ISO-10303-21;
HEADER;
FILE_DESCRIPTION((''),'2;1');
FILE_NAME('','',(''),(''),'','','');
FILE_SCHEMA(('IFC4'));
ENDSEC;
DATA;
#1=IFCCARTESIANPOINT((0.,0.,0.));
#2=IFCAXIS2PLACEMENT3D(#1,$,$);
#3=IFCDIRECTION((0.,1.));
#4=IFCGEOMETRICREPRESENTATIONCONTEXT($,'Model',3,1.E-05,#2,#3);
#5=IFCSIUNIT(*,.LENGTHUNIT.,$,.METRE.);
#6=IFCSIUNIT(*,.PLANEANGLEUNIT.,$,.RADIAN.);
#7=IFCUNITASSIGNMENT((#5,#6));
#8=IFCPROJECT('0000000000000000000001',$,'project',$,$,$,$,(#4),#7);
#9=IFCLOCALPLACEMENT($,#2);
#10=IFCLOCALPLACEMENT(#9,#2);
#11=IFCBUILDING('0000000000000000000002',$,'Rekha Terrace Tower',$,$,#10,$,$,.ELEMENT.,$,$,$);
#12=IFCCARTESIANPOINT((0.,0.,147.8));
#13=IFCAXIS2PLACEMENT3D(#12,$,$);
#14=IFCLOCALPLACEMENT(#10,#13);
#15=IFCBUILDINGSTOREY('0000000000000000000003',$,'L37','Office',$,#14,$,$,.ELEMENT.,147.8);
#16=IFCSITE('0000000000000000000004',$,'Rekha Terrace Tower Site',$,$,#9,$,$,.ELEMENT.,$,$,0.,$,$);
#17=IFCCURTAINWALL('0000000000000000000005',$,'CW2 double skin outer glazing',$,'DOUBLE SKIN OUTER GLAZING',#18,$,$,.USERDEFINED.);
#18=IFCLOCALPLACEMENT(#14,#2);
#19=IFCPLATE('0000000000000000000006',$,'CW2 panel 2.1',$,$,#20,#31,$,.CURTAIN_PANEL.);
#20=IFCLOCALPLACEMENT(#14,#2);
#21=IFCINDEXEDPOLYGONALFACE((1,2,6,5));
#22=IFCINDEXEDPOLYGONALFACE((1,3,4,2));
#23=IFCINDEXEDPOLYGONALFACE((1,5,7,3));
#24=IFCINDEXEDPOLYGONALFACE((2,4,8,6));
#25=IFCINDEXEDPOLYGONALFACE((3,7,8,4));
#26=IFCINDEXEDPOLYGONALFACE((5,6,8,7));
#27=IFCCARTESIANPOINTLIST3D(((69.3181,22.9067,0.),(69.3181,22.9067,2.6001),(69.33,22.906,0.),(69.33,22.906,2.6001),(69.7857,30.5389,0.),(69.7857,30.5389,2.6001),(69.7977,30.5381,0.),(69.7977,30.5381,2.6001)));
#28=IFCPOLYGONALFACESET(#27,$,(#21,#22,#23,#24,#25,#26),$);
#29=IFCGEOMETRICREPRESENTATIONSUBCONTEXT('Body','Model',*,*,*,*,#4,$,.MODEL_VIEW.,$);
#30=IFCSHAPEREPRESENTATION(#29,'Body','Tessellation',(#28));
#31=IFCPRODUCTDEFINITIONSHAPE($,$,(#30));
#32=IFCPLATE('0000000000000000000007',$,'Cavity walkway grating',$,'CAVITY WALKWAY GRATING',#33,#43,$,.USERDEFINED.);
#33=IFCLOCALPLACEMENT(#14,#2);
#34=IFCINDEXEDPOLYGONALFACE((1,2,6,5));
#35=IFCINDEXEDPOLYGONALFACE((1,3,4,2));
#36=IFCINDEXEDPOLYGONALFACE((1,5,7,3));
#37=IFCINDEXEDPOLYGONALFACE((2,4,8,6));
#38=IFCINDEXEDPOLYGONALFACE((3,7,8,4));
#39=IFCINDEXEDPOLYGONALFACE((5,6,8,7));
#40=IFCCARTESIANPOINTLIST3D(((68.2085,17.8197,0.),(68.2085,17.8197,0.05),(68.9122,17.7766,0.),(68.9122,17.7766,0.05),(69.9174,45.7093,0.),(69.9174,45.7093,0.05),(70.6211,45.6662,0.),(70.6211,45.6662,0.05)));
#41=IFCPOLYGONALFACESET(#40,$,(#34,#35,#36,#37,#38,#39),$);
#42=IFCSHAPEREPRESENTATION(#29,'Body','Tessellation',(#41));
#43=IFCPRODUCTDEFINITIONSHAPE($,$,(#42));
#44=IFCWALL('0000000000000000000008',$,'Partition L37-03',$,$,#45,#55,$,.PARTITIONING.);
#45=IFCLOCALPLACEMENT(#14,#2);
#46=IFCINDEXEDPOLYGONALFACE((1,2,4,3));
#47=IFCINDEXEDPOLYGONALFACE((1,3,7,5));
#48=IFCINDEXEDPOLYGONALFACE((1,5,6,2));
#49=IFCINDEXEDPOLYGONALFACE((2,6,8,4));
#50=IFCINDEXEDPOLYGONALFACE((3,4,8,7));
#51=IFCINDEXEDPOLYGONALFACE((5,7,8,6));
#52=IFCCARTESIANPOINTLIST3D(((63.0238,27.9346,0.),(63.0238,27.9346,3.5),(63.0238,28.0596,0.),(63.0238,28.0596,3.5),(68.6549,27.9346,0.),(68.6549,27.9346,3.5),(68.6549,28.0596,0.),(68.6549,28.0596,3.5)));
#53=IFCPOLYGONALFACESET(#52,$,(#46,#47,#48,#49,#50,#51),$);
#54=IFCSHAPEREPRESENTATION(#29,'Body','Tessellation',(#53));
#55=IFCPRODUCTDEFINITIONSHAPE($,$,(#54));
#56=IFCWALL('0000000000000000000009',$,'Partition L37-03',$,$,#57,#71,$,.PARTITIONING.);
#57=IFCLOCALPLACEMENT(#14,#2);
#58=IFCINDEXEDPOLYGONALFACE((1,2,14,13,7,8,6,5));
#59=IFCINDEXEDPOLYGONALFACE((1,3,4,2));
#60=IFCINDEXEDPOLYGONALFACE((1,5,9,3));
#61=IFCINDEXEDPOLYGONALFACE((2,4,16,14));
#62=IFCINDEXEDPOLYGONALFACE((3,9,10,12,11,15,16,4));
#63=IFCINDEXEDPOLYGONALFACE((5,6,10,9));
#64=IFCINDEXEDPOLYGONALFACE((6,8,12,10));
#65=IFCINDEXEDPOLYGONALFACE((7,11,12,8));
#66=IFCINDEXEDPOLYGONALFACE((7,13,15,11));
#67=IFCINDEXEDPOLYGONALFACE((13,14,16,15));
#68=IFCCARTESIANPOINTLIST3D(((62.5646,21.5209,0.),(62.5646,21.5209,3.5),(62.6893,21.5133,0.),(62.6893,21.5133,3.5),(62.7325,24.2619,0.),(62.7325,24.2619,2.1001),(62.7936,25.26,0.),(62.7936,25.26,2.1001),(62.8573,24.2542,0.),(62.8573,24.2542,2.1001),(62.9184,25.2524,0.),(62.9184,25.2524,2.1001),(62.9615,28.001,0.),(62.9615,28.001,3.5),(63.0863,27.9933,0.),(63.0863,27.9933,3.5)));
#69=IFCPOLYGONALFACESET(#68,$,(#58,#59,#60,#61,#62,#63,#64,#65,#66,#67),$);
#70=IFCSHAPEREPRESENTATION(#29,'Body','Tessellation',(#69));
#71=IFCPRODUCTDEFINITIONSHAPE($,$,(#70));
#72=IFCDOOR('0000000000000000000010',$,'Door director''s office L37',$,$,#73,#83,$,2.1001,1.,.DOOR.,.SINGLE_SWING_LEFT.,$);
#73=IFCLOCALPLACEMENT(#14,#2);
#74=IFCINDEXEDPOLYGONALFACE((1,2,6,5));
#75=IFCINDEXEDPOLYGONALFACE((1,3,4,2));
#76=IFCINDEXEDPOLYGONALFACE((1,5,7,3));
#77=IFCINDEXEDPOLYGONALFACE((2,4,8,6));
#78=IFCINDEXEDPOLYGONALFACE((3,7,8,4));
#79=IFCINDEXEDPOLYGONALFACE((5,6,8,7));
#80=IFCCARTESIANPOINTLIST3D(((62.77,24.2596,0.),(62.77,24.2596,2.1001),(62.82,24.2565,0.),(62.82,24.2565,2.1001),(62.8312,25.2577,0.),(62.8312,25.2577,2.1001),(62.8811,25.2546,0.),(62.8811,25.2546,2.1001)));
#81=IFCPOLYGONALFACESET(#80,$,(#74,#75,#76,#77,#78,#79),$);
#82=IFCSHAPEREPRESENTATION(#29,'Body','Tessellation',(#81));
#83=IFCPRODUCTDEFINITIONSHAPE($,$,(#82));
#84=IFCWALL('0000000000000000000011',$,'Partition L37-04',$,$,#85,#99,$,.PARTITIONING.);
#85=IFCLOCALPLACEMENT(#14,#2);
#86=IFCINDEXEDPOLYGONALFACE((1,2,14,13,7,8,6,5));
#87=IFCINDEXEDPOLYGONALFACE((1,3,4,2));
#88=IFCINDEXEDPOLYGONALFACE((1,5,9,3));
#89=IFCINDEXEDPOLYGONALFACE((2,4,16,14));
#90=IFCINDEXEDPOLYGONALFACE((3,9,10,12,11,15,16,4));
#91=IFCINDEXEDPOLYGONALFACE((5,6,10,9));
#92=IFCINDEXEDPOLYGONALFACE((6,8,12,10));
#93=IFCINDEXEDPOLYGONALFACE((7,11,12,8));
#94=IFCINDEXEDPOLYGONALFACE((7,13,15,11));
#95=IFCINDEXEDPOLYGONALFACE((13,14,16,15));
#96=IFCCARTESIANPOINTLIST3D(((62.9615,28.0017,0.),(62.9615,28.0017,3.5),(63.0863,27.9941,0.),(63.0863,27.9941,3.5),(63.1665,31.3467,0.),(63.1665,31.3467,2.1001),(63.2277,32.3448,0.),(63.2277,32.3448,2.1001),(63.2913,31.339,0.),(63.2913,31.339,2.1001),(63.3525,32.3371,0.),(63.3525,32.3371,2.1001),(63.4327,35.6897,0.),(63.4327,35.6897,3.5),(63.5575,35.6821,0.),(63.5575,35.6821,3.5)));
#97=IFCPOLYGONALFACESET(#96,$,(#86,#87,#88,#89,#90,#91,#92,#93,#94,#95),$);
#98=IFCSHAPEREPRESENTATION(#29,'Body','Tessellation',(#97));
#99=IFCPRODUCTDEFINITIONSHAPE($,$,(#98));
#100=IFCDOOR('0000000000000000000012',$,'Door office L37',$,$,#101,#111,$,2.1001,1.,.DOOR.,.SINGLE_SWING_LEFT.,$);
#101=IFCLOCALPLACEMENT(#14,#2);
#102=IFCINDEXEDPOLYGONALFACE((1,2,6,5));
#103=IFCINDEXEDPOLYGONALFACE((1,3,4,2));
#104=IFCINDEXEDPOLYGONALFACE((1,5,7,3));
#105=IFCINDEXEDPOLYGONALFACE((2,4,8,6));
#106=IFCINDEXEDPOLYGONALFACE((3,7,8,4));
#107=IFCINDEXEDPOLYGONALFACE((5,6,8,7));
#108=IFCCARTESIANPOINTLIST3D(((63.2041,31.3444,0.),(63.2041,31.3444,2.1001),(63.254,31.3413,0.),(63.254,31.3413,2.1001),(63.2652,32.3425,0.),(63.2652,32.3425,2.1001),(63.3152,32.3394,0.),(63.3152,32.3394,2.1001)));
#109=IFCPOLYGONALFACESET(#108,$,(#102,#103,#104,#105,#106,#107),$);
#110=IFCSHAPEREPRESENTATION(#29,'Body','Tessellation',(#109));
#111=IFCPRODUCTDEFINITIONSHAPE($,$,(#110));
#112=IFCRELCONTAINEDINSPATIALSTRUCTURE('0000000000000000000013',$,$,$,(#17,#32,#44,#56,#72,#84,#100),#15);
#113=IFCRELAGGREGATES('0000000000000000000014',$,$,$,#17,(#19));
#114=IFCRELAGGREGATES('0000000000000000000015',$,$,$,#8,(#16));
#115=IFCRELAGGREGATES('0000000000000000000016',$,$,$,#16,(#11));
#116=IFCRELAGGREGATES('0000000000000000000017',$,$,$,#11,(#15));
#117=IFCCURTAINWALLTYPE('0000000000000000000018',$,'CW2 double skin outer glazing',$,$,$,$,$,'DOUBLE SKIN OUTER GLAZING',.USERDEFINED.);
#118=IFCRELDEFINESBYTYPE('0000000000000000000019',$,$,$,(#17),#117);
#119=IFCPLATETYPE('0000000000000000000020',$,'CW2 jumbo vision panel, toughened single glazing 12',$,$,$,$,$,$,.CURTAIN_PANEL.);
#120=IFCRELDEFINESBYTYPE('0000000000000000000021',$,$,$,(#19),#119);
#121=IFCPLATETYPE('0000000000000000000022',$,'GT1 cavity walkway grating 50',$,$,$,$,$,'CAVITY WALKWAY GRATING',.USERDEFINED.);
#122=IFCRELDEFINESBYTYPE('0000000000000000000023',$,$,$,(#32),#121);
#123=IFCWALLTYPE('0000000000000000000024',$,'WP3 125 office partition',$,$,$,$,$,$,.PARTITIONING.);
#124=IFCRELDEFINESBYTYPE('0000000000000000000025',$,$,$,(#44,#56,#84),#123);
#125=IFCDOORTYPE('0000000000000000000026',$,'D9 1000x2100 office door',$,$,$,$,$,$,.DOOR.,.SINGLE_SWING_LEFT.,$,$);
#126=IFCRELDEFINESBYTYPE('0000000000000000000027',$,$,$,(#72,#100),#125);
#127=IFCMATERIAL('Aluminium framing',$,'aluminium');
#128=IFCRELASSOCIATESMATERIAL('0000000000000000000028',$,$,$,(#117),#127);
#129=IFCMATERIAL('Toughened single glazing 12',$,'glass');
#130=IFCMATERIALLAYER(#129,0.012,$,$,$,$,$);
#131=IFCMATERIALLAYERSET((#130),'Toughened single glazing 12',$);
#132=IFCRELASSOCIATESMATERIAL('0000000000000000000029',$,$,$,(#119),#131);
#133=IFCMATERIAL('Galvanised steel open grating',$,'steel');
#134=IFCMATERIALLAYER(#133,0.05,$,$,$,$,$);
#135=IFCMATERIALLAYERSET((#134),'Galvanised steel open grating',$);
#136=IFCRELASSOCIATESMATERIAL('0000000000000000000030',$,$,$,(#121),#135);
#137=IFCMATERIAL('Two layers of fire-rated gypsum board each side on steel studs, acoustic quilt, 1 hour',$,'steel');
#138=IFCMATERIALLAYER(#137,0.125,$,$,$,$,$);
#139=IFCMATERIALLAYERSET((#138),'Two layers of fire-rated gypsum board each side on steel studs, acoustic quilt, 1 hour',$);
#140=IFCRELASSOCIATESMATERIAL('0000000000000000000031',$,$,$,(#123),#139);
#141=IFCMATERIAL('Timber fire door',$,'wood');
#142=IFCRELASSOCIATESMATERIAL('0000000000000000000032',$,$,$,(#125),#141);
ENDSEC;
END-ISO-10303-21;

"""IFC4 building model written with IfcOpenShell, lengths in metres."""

from ifc_helpers import new_model, si_unit, direction, frame, frame_2d, origin, origin_2d, place, context, subcontext, project, spatial, rectangle, extrude, material, layer, layer_set, type_object, element, fill, aggregate, save


model = new_model("IFC4")

# Units and contexts
model_context = context("Model", 3, precision=1e-05, world=origin(), true_north=direction((0.0, 1.0)))
body_context = subcontext(model_context, "Body", "Model", "MODEL_VIEW")
ifc_project = project(units=[si_unit("LENGTHUNIT", "METRE"), si_unit("PLANEANGLEUNIT", "RADIAN")], contexts=[model_context])

# Site, building, storey
site_placement = place(None, origin())
site = spatial("IfcSite", under=ifc_project, at=site_placement, Name="Rekha Terrace Tower Site", CompositionType="ELEMENT", RefElevation=0.0)
building_placement = place(site_placement, origin())
building = spatial("IfcBuilding", under=site, at=building_placement, Name="Rekha Terrace Tower", CompositionType="ELEMENT")
storey_placement = place(building_placement, frame((0.0, 0.0, 147.8)))
storey = spatial("IfcBuildingStorey", under=building, at=storey_placement, Name="L37", Description="Office", CompositionType="ELEMENT", Elevation=147.8)

# Shared definitions
ifc_material_1 = material(Name="Aluminium framing", Category="aluminium")
curtain_wall_type_1 = type_object("IfcCurtainWallType", Name="CW2 double skin outer glazing", ElementType="DOUBLE SKIN OUTER GLAZING", PredefinedType="USERDEFINED", material=ifc_material_1)

# Curtain wall
curtain_wall_1_placement = place(storey_placement, origin())
curtain_wall_1 = element("IfcCurtainWall", 1, at=curtain_wall_1_placement, inside=storey, type_object=curtain_wall_type_1, Name="CW2 double skin outer glazing", ObjectType="DOUBLE SKIN OUTER GLAZING", PredefinedType="USERDEFINED")

# Plates
ifc_material_2 = material(Name="Toughened single glazing 12", Category="glass")
ifc_layer_1 = layer(ifc_material_2, 0.012)
ifc_layer_set_1 = layer_set([ifc_layer_1], Name="Toughened single glazing 12")
plate_type_1 = type_object("IfcPlateType", Name="CW2 jumbo vision panel, toughened single glazing 12", PredefinedType="CURTAIN_PANEL", material=ifc_layer_set_1)
plate_1_placement = place(storey_placement, frame((69.5579, 26.7224, 0.0), z_axis=(0.0, 0.0, 1.0), x_axis=(0.06116, 0.998128, 0.0)))
plate_1 = element("IfcPlate", 2, at=plate_1_placement, type_object=plate_type_1, Name="CW2 panel 2.1", PredefinedType="CURTAIN_PANEL", context=body_context, shape_type="SweptSolid", body=[
    extrude(rectangle(XDim=7.6465, YDim=0.012, at=origin_2d()), origin(), (0.0, 0.0, 1.0), 2.6001),
])
aggregate(curtain_wall_1, [plate_1])
ifc_material_3 = material(Name="Galvanised steel open grating", Category="steel")
ifc_layer_2 = layer(ifc_material_3, 0.05)
ifc_layer_set_2 = layer_set([ifc_layer_2], Name="Galvanised steel open grating")
plate_type_2 = type_object("IfcPlateType", Name="GT1 cavity walkway grating 50", ElementType="CAVITY WALKWAY GRATING", PredefinedType="USERDEFINED", material=ifc_layer_set_2)
plate_2_placement = place(storey_placement, frame((69.4148, 31.7429, 0.0), z_axis=(0.0, 0.0, 1.0), x_axis=(0.06116, 0.998128, 0.0)))
element("IfcPlate", 3, at=plate_2_placement, inside=storey, type_object=plate_type_2, Name="Cavity walkway grating", ObjectType="CAVITY WALKWAY GRATING", PredefinedType="USERDEFINED", context=body_context, shape_type="SweptSolid", body=[
    extrude(rectangle(XDim=27.9419, YDim=0.7051, at=origin_2d()), origin(), (0.0, 0.0, 1.0), 0.05),
])

# Wall
ifc_material_4 = material(Name="Two layers of fire-rated gypsum board each side on steel studs, acoustic quilt, 1 hour", Category="steel")
ifc_layer_3 = layer(ifc_material_4, 0.125)
ifc_layer_set_3 = layer_set([ifc_layer_3], Name="Two layers of fire-rated gypsum board each side on steel studs, acoustic quilt, 1 hour")
wall_type = type_object("IfcWallType", Name="WP3 125 office partition", PredefinedType="PARTITIONING", material=ifc_layer_set_3)
wall_1_placement = place(storey_placement, frame((63.0239, 27.9971, 0.0), z_axis=(0.0, 0.0, 1.0), x_axis=(1.0, 0.0, 0.0)))
element("IfcWall", 4, at=wall_1_placement, inside=storey, type_object=wall_type, Name="Partition L37-03", PredefinedType="PARTITIONING", context=body_context, shape_type="SweptSolid", body=[
    extrude(rectangle(XDim=5.6311, YDim=0.125, at=frame_2d((2.8154, 0.0))), origin(), (0.0, 0.0, 1.0), 3.5),
])

# Walls, openings, doors
wall_2_placement = place(storey_placement, frame((62.627, 21.5171, 0.0), z_axis=(0.0, 0.0, 1.0), x_axis=(0.061147, 0.998129, 0.0)))
wall_2 = element("IfcWall", 5, at=wall_2_placement, inside=storey, type_object=wall_type, Name="Partition L37-03", PredefinedType="PARTITIONING", context=body_context, shape_type="SweptSolid", body=[
    extrude(rectangle(XDim=6.4922, YDim=0.125, at=frame_2d((3.2461, 0.0))), origin(), (0.0, 0.0, 1.0), 3.5),
])
opening_1_placement = place(wall_2_placement, frame((2.7461, 0.0, 0.0)))
opening_1 = element("IfcOpeningElement", 6, at=opening_1_placement, cuts=wall_2, PredefinedType="OPENING", context=body_context, shape_type="SweptSolid", body=[
    extrude(rectangle(XDim=1.0, YDim=2.1001, at=frame_2d((0.5, 1.05))), frame((0.0, 0.0725, 0.0), z_axis=(0.0, -1.0, 0.0), x_axis=(1.0, 0.0, 0.0)), (0.0, 0.0, 1.0), 0.145),
])
ifc_material_5 = material(Name="Timber fire door", Category="wood")
door_type = type_object("IfcDoorType", Name="D9 1000x2100 office door", OperationType="SINGLE_SWING_LEFT", PredefinedType="DOOR", material=ifc_material_5)
door_1_placement = place(opening_1_placement, origin())
door_1 = element("IfcDoor", 7, at=door_1_placement, inside=storey, type_object=door_type, Name="Door director's office L37", OperationType="SINGLE_SWING_LEFT", OverallHeight=2.1001, OverallWidth=1.0, PredefinedType="DOOR", context=body_context, shape_type="SweptSolid", body=[
    extrude(rectangle(XDim=1.0, YDim=2.1001, at=frame_2d((0.5, 1.05))), frame((0.0, 0.0249, 0.0), z_axis=(0.0, -1.0, 0.0), x_axis=(1.0, 0.0, 0.0)), (0.0, 0.0, 1.0), 0.05),
])
fill(opening_1, door_1)
wall_3_placement = place(storey_placement, frame((63.0239, 27.998, 0.0), z_axis=(0.0, 0.0, 1.0), x_axis=(0.061175, 0.998127, 0.0)))
wall_3 = element("IfcWall", 8, at=wall_3_placement, inside=storey, type_object=wall_type, Name="Partition L37-04", PredefinedType="PARTITIONING", context=body_context, shape_type="SweptSolid", body=[
    extrude(rectangle(XDim=7.7024, YDim=0.125, at=frame_2d((3.8511, 0.0))), origin(), (0.0, 0.0, 1.0), 3.5),
])
opening_2_placement = place(wall_3_placement, frame((3.3511, 0.0, 0.0)))
opening_2 = element("IfcOpeningElement", 9, at=opening_2_placement, cuts=wall_3, PredefinedType="OPENING", context=body_context, shape_type="SweptSolid", body=[
    extrude(rectangle(XDim=1.0, YDim=2.1001, at=frame_2d((0.5, 1.05))), frame((0.0, 0.0725, 0.0), z_axis=(0.0, -1.0, 0.0), x_axis=(1.0, 0.0, 0.0)), (0.0, 0.0, 1.0), 0.145),
])
door_2_placement = place(opening_2_placement, origin())
door_2 = element("IfcDoor", 10, at=door_2_placement, inside=storey, type_object=door_type, Name="Door office L37", OperationType="SINGLE_SWING_LEFT", OverallHeight=2.1001, OverallWidth=1.0, PredefinedType="DOOR", context=body_context, shape_type="SweptSolid", body=[
    extrude(rectangle(XDim=1.0, YDim=2.1001, at=frame_2d((0.5, 1.05))), frame((0.0, 0.0249, 0.0), z_axis=(0.0, -1.0, 0.0), x_axis=(1.0, 0.0, 0.0)), (0.0, 0.0, 1.0), 0.05),
])
fill(opening_2, door_2)

save(model, "model.ifc")
